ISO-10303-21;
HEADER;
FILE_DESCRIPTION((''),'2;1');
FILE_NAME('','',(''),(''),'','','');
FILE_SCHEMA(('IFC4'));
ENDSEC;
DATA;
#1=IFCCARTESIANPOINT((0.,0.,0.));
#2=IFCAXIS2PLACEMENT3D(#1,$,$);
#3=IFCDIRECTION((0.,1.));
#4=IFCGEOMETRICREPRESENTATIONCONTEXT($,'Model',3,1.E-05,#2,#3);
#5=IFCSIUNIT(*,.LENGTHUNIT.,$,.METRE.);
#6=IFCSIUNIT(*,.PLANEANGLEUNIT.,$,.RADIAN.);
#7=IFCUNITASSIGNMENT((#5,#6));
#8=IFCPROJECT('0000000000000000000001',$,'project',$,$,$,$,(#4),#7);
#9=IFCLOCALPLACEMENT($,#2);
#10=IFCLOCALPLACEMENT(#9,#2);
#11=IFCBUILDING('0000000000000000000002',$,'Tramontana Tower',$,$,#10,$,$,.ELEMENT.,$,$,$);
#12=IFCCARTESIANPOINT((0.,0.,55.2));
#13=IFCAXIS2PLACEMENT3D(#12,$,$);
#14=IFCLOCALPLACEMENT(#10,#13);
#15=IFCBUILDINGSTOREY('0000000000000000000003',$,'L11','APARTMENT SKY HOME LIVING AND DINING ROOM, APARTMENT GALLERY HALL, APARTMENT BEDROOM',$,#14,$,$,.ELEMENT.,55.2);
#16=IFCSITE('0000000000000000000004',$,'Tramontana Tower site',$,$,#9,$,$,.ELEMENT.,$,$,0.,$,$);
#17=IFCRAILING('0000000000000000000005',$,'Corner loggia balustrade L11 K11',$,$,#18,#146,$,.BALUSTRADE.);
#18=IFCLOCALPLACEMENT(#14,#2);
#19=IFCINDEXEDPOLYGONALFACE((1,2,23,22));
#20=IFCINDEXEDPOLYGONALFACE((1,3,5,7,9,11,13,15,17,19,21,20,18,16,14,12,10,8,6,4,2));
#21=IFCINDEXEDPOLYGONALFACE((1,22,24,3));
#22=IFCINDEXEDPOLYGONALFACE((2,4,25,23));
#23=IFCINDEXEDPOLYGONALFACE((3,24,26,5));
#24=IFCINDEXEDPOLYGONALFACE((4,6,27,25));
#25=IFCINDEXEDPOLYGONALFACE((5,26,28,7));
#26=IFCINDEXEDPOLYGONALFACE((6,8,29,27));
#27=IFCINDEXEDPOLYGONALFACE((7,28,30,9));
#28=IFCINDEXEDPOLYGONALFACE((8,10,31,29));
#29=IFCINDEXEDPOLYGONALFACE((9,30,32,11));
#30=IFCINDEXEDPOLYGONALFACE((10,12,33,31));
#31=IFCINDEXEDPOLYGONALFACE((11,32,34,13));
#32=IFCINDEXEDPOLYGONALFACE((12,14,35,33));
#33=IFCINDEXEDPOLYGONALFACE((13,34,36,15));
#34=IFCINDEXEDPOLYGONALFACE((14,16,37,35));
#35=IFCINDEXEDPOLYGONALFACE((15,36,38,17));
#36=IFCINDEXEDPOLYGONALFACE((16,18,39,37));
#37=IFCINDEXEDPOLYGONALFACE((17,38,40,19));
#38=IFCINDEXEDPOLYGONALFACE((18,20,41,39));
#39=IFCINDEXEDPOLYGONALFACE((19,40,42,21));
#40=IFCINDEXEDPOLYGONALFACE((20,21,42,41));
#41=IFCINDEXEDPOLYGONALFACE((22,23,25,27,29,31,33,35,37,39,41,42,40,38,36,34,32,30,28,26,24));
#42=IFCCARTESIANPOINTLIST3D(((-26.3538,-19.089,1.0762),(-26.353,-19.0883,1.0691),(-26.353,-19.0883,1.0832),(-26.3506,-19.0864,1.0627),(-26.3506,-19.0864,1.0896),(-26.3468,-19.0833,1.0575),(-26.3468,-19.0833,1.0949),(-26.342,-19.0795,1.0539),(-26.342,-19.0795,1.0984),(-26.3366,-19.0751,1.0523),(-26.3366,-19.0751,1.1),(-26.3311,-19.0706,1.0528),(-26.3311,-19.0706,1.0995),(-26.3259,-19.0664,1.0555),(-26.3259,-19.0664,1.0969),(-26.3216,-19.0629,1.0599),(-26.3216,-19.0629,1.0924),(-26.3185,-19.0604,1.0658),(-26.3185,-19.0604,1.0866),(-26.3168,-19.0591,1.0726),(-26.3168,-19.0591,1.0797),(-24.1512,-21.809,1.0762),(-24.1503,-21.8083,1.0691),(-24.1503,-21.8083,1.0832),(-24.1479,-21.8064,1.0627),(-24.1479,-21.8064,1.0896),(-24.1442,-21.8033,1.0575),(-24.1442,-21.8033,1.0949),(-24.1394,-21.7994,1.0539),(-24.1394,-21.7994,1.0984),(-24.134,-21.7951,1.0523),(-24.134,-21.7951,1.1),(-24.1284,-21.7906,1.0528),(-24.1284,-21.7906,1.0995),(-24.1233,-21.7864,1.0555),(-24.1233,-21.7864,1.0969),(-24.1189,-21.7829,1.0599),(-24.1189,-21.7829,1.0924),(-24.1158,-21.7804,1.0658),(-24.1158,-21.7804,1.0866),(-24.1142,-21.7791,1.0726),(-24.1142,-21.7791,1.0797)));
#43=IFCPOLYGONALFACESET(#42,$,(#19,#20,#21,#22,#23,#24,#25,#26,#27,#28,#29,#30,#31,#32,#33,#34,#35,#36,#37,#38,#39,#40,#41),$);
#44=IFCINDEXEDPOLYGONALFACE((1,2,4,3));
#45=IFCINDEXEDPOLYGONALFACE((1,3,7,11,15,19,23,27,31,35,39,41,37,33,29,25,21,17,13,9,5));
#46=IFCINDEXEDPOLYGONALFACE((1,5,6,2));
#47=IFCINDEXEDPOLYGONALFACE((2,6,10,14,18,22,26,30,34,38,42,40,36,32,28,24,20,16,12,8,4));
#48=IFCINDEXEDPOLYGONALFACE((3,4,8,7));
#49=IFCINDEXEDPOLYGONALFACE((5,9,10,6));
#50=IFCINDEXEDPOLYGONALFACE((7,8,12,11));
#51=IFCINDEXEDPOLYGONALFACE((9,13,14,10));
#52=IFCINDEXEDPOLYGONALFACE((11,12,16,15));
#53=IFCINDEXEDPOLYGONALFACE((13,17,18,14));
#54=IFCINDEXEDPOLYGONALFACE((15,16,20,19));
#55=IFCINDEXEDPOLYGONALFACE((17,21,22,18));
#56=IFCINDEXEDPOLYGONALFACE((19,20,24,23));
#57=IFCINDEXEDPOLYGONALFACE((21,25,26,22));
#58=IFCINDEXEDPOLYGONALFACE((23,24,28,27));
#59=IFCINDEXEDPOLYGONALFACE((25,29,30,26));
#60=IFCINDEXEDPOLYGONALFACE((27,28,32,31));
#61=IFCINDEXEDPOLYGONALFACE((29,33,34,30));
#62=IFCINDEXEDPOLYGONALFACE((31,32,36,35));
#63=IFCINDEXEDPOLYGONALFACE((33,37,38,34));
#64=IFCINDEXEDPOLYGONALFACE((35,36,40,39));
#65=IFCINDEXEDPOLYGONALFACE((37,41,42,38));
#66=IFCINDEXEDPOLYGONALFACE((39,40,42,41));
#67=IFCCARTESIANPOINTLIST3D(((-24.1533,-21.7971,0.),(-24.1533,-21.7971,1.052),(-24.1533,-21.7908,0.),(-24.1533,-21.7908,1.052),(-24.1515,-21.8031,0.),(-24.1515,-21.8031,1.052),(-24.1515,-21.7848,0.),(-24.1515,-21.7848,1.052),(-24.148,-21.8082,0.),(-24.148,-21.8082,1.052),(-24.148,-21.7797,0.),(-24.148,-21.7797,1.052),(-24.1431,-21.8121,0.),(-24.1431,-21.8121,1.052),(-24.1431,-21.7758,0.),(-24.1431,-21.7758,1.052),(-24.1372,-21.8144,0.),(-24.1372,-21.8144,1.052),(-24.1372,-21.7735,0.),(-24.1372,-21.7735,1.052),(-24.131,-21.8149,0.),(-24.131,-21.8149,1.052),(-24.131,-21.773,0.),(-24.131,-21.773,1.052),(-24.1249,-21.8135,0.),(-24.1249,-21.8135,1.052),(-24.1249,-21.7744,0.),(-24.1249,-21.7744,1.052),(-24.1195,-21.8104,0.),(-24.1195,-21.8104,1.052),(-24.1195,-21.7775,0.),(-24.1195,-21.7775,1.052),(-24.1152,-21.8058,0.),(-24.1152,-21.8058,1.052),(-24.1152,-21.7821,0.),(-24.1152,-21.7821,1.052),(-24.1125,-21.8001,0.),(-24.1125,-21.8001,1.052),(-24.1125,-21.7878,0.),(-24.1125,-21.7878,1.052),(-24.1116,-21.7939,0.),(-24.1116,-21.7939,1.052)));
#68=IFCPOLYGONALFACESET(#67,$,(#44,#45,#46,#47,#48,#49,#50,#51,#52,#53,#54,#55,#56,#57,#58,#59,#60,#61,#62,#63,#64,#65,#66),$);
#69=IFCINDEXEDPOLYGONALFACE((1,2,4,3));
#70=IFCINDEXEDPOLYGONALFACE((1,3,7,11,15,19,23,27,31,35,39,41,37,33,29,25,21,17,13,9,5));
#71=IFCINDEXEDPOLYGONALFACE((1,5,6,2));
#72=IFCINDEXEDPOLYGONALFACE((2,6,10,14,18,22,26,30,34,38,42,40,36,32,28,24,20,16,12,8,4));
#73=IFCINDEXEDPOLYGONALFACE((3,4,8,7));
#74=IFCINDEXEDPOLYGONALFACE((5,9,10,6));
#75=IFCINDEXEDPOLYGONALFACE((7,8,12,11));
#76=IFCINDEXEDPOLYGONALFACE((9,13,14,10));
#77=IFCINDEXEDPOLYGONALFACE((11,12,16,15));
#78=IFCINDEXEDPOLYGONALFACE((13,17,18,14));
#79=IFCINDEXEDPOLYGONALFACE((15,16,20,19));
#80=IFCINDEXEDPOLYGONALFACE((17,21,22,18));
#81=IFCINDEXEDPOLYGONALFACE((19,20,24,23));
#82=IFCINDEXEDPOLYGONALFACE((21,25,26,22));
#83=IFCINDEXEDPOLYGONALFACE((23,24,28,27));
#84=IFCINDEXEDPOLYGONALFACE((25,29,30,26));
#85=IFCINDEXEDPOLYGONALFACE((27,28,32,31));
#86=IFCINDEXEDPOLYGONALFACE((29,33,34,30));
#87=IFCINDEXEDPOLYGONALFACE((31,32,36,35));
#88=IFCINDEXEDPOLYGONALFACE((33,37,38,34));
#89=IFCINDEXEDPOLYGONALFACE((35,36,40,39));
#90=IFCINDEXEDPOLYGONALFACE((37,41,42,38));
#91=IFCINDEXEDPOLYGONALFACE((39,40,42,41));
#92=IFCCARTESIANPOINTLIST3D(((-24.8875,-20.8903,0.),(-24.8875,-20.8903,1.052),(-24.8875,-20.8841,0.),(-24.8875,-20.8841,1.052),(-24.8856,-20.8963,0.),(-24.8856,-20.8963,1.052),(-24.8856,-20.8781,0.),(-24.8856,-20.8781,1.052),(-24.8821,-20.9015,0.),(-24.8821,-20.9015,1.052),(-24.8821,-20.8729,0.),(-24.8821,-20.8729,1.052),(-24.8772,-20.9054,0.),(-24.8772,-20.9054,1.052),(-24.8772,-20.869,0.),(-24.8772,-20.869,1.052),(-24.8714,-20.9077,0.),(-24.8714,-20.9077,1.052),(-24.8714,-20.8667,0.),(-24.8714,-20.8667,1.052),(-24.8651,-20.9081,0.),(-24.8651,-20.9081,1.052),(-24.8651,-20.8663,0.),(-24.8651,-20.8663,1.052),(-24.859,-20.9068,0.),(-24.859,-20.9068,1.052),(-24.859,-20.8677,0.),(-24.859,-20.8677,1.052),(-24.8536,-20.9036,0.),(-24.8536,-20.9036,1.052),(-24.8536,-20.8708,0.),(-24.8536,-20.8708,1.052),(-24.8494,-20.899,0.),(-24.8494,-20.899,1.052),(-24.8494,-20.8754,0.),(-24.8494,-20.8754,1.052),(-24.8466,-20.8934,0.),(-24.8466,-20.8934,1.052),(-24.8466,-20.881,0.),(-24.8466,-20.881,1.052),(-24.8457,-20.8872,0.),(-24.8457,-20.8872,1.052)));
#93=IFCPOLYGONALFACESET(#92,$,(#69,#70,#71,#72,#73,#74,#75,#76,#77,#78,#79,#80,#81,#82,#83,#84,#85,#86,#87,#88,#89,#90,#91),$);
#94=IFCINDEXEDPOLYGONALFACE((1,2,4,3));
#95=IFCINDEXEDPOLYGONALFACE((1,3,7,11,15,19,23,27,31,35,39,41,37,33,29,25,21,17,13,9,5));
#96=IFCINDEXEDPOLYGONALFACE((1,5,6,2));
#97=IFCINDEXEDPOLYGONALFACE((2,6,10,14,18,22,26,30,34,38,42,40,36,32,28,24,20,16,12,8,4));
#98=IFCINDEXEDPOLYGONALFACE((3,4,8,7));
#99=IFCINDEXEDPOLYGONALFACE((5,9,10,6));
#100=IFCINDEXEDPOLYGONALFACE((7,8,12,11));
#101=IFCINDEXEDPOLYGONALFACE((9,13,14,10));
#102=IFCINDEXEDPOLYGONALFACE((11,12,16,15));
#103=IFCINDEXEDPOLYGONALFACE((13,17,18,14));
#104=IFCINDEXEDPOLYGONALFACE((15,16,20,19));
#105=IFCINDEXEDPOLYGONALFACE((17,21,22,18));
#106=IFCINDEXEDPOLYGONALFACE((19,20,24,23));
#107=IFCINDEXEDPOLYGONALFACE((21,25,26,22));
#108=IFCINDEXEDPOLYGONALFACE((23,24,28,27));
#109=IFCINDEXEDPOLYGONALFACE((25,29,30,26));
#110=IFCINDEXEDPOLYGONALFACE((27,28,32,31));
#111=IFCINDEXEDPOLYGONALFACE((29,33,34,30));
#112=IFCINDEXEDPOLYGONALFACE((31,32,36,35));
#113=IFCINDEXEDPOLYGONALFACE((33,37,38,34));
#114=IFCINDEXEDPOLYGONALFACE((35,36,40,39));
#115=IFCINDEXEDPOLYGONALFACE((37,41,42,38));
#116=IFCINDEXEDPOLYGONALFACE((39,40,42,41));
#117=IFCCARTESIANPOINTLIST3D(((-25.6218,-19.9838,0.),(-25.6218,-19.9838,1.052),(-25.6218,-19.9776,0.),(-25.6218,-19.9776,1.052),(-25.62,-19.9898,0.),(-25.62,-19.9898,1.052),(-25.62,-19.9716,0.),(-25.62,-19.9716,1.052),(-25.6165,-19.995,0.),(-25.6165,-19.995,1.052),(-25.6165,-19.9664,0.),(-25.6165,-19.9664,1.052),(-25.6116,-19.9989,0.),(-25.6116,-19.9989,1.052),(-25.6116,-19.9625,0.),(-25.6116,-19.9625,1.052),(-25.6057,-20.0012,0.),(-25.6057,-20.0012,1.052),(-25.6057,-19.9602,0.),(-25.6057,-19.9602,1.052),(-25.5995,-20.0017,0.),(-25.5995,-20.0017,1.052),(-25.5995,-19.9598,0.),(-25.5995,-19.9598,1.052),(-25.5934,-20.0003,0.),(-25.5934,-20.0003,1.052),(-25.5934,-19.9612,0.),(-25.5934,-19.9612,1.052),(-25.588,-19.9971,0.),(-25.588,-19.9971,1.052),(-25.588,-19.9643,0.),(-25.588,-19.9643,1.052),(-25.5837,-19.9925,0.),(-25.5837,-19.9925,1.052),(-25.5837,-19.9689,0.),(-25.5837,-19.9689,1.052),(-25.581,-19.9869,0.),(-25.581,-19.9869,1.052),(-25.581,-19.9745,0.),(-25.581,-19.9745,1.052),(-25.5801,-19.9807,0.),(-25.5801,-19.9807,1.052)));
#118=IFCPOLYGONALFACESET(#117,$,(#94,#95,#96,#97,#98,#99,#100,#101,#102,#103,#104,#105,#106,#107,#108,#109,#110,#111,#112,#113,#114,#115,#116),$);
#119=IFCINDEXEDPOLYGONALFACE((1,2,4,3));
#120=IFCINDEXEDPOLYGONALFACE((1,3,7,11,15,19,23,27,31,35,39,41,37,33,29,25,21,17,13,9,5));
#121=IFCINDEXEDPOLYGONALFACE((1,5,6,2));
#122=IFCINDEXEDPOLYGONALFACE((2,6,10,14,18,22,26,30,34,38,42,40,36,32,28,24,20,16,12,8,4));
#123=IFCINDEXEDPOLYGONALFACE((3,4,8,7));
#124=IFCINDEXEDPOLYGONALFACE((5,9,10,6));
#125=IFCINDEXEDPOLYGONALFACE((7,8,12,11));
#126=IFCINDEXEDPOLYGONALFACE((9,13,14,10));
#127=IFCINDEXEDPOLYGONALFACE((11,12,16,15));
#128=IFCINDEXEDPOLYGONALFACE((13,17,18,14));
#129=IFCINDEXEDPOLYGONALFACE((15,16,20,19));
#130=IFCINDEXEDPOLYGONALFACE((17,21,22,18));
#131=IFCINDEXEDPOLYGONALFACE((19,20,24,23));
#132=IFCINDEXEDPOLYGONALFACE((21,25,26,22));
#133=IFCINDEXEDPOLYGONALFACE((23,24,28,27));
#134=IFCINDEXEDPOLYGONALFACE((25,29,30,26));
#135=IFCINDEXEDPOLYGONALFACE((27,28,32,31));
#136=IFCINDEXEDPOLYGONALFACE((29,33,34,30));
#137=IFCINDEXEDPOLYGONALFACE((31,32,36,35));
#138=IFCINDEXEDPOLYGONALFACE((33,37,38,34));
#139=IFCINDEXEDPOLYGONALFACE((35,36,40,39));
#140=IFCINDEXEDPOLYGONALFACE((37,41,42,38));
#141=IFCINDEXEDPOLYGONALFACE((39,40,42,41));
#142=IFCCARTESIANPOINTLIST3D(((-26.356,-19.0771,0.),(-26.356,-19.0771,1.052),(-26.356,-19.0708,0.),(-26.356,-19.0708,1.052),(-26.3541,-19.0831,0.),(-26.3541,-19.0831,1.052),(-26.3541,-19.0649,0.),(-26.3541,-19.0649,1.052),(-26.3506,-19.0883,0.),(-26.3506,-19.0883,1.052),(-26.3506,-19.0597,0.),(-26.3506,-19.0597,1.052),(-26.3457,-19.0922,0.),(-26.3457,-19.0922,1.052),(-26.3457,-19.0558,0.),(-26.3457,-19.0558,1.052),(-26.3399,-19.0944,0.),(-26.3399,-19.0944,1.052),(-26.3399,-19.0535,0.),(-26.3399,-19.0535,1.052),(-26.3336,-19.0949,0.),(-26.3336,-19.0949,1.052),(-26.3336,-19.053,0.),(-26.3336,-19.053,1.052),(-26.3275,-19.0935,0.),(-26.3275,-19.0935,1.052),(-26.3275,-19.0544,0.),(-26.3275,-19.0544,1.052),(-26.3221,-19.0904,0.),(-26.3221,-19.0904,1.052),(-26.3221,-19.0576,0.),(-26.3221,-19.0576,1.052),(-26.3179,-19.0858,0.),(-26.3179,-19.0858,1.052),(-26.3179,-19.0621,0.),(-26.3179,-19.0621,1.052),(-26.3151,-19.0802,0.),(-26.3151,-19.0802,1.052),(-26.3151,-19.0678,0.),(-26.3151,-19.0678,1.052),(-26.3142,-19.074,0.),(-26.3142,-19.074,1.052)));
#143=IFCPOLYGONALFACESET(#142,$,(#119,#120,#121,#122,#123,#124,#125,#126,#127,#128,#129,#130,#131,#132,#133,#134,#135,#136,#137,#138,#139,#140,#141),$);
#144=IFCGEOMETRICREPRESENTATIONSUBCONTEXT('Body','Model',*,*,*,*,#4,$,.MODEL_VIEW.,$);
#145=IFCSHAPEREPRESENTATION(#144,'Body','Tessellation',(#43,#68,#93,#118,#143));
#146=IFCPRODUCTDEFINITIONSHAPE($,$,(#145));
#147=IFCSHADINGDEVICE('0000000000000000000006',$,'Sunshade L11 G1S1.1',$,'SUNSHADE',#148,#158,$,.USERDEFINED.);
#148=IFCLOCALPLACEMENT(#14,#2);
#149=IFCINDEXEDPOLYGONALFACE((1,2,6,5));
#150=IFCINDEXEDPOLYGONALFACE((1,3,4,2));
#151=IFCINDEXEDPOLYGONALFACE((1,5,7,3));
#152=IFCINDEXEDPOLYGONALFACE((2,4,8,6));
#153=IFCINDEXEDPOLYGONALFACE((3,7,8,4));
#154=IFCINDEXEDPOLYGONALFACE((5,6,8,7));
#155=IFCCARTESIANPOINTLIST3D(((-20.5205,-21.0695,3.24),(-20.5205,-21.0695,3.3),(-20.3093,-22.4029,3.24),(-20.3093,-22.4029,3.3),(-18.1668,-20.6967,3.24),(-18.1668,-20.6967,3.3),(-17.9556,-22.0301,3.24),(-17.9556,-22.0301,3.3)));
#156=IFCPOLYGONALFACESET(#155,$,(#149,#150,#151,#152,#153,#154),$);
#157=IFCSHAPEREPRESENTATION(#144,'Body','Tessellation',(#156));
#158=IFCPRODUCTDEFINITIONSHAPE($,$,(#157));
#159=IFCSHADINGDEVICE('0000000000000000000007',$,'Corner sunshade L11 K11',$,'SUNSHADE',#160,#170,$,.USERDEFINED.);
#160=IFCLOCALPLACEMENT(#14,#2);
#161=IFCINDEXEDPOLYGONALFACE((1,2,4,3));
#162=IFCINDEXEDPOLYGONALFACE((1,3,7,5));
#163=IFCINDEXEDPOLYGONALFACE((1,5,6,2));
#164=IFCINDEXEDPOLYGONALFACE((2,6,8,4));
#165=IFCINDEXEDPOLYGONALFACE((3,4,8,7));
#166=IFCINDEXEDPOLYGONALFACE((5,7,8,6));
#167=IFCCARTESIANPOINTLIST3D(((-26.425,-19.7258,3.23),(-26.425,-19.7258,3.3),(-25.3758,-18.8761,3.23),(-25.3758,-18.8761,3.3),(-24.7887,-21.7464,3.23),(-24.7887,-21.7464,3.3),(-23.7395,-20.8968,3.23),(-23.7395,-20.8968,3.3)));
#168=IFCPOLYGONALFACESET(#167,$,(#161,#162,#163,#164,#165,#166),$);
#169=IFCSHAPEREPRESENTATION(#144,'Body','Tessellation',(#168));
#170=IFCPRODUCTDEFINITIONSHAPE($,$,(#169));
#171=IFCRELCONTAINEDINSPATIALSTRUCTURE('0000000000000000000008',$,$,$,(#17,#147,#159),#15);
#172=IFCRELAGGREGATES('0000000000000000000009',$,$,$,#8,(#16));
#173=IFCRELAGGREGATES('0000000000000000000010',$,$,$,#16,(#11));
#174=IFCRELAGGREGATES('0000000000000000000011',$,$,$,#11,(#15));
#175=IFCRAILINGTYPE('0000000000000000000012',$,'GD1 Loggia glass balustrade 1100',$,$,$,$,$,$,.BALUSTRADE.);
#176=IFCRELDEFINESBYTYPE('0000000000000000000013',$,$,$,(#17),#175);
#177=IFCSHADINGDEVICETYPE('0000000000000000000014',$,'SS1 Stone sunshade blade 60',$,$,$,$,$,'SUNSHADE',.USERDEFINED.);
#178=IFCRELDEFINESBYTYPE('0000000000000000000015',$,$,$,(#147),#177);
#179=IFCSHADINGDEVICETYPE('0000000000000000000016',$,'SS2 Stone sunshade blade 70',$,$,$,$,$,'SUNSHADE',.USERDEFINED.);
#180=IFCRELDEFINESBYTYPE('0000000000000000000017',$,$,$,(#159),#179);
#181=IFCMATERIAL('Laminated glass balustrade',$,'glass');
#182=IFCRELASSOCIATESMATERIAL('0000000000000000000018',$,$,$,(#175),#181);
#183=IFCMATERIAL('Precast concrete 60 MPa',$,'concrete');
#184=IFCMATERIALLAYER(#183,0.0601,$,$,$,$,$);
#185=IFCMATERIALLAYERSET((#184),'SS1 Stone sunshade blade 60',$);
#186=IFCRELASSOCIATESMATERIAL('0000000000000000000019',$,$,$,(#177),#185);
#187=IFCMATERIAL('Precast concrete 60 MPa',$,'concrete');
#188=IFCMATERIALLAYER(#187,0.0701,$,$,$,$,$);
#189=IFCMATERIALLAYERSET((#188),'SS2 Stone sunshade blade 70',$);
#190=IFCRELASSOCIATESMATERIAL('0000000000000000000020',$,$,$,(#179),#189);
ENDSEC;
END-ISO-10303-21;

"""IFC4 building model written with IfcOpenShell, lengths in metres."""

from ifc_helpers import new_model, si_unit, direction, frame, origin, origin_2d, place, context, subcontext, project, spatial, rectangle, circle, extrude, material, layer, layer_set, type_object, element, save


model = new_model("IFC4")

# Units and contexts
model_context = context("Model", 3, precision=1e-05, world=origin(), true_north=direction((0.0, 1.0)))
body_context = subcontext(model_context, "Body", "Model", "MODEL_VIEW")
ifc_project = project(units=[si_unit("LENGTHUNIT", "METRE"), si_unit("PLANEANGLEUNIT", "RADIAN")], contexts=[model_context])

# Site, building, storey
site_placement = place(None, origin())
site = spatial("IfcSite", under=ifc_project, at=site_placement, Name="Tramontana Tower site", CompositionType="ELEMENT", RefElevation=0.0)
building_placement = place(site_placement, origin())
building = spatial("IfcBuilding", under=site, at=building_placement, Name="Tramontana Tower", CompositionType="ELEMENT")
storey_placement = place(building_placement, frame((0.0, 0.0, 55.2)))
storey = spatial("IfcBuildingStorey", under=building, at=storey_placement, Name="L11", Description="APARTMENT SKY HOME LIVING AND DINING ROOM, APARTMENT GALLERY HALL, APARTMENT BEDROOM", CompositionType="ELEMENT", Elevation=55.2)

# Railing
ifc_material_1 = material(Name="Laminated glass balustrade", Category="glass")
railing_type = type_object("IfcRailingType", Name="GD1 Loggia glass balustrade 1100", PredefinedType="BALUSTRADE", material=ifc_material_1)
railing_1_placement = place(storey_placement, frame((-24.1326, -21.7939, 0.0)))
element("IfcRailing", 1, at=railing_1_placement, inside=storey, type_object=railing_type, Name="Corner loggia balustrade L11 K11", PredefinedType="BALUSTRADE", context=body_context, shape_type="SweptSolid", body=[
    extrude(circle(Radius=0.0239, at=origin_2d()), frame((0.0, 0.0, 1.0762), z_axis=(-0.629329, 0.777139, 0.0), x_axis=(-0.777139, -0.629329, 0.0)), (0.0, 0.0, 1.0), 3.5),
    extrude(circle(Radius=0.021, at=origin_2d()), origin(), (0.0, 0.0, 1.0), 1.052),
    extrude(circle(Radius=0.021, at=origin_2d()), frame((-0.7341, 0.9067, 0.0)), (0.0, 0.0, 1.0), 1.052),
    extrude(circle(Radius=0.021, at=origin_2d()), frame((-1.4685, 1.8132, 0.0)), (0.0, 0.0, 1.0), 1.052),
    extrude(circle(Radius=0.021, at=origin_2d()), frame((-2.2026, 2.72, 0.0)), (0.0, 0.0, 1.0), 1.052),
])

# Shading devices
ifc_material_2 = material(Name="Precast concrete 60 MPa", Category="concrete")
ifc_layer_1 = layer(ifc_material_2, 0.0601)
ifc_layer_set_1 = layer_set([ifc_layer_1], Name="SS1 Stone sunshade blade 60")
shading_device_type_1 = type_object("IfcShadingDeviceType", Name="SS1 Stone sunshade blade 60", ElementType="SUNSHADE", PredefinedType="USERDEFINED", material=ifc_layer_set_1)
shading_device_1_placement = place(storey_placement, frame((-19.238, -21.5498, 3.24), z_axis=(0.0, 0.0, 1.0), x_axis=(0.987688, 0.156434, 0.0)))
element("IfcShadingDevice", 2, at=shading_device_1_placement, inside=storey, type_object=shading_device_type_1, Name="Sunshade L11 G1S1.1", ObjectType="SUNSHADE", PredefinedType="USERDEFINED", context=body_context, shape_type="SweptSolid", body=[
    extrude(rectangle(XDim=2.3831, YDim=1.3501, at=origin_2d()), origin(), (0.0, 0.0, 1.0), 0.0601),
])
ifc_material_3 = material(Name="Precast concrete 60 MPa", Category="concrete")
ifc_layer_2 = layer(ifc_material_3, 0.0701)
ifc_layer_set_2 = layer_set([ifc_layer_2], Name="SS2 Stone sunshade blade 70")
shading_device_type_2 = type_object("IfcShadingDeviceType", Name="SS2 Stone sunshade blade 70", ElementType="SUNSHADE", PredefinedType="USERDEFINED", material=ifc_layer_set_2)
shading_device_2_placement = place(storey_placement, frame((-25.0823, -20.3113, 3.23), z_axis=(0.0, 0.0, 1.0), x_axis=(-0.62932, 0.777146, 0.0)))
element("IfcShadingDevice", 3, at=shading_device_2_placement, inside=storey, type_object=shading_device_type_2, Name="Corner sunshade L11 K11", ObjectType="SUNSHADE", PredefinedType="USERDEFINED", context=body_context, shape_type="SweptSolid", body=[
    extrude(rectangle(XDim=2.6001, YDim=1.3501, at=origin_2d()), origin(), (0.0, 0.0, 1.0), 0.0701),
])

save(model, "model.ifc")
